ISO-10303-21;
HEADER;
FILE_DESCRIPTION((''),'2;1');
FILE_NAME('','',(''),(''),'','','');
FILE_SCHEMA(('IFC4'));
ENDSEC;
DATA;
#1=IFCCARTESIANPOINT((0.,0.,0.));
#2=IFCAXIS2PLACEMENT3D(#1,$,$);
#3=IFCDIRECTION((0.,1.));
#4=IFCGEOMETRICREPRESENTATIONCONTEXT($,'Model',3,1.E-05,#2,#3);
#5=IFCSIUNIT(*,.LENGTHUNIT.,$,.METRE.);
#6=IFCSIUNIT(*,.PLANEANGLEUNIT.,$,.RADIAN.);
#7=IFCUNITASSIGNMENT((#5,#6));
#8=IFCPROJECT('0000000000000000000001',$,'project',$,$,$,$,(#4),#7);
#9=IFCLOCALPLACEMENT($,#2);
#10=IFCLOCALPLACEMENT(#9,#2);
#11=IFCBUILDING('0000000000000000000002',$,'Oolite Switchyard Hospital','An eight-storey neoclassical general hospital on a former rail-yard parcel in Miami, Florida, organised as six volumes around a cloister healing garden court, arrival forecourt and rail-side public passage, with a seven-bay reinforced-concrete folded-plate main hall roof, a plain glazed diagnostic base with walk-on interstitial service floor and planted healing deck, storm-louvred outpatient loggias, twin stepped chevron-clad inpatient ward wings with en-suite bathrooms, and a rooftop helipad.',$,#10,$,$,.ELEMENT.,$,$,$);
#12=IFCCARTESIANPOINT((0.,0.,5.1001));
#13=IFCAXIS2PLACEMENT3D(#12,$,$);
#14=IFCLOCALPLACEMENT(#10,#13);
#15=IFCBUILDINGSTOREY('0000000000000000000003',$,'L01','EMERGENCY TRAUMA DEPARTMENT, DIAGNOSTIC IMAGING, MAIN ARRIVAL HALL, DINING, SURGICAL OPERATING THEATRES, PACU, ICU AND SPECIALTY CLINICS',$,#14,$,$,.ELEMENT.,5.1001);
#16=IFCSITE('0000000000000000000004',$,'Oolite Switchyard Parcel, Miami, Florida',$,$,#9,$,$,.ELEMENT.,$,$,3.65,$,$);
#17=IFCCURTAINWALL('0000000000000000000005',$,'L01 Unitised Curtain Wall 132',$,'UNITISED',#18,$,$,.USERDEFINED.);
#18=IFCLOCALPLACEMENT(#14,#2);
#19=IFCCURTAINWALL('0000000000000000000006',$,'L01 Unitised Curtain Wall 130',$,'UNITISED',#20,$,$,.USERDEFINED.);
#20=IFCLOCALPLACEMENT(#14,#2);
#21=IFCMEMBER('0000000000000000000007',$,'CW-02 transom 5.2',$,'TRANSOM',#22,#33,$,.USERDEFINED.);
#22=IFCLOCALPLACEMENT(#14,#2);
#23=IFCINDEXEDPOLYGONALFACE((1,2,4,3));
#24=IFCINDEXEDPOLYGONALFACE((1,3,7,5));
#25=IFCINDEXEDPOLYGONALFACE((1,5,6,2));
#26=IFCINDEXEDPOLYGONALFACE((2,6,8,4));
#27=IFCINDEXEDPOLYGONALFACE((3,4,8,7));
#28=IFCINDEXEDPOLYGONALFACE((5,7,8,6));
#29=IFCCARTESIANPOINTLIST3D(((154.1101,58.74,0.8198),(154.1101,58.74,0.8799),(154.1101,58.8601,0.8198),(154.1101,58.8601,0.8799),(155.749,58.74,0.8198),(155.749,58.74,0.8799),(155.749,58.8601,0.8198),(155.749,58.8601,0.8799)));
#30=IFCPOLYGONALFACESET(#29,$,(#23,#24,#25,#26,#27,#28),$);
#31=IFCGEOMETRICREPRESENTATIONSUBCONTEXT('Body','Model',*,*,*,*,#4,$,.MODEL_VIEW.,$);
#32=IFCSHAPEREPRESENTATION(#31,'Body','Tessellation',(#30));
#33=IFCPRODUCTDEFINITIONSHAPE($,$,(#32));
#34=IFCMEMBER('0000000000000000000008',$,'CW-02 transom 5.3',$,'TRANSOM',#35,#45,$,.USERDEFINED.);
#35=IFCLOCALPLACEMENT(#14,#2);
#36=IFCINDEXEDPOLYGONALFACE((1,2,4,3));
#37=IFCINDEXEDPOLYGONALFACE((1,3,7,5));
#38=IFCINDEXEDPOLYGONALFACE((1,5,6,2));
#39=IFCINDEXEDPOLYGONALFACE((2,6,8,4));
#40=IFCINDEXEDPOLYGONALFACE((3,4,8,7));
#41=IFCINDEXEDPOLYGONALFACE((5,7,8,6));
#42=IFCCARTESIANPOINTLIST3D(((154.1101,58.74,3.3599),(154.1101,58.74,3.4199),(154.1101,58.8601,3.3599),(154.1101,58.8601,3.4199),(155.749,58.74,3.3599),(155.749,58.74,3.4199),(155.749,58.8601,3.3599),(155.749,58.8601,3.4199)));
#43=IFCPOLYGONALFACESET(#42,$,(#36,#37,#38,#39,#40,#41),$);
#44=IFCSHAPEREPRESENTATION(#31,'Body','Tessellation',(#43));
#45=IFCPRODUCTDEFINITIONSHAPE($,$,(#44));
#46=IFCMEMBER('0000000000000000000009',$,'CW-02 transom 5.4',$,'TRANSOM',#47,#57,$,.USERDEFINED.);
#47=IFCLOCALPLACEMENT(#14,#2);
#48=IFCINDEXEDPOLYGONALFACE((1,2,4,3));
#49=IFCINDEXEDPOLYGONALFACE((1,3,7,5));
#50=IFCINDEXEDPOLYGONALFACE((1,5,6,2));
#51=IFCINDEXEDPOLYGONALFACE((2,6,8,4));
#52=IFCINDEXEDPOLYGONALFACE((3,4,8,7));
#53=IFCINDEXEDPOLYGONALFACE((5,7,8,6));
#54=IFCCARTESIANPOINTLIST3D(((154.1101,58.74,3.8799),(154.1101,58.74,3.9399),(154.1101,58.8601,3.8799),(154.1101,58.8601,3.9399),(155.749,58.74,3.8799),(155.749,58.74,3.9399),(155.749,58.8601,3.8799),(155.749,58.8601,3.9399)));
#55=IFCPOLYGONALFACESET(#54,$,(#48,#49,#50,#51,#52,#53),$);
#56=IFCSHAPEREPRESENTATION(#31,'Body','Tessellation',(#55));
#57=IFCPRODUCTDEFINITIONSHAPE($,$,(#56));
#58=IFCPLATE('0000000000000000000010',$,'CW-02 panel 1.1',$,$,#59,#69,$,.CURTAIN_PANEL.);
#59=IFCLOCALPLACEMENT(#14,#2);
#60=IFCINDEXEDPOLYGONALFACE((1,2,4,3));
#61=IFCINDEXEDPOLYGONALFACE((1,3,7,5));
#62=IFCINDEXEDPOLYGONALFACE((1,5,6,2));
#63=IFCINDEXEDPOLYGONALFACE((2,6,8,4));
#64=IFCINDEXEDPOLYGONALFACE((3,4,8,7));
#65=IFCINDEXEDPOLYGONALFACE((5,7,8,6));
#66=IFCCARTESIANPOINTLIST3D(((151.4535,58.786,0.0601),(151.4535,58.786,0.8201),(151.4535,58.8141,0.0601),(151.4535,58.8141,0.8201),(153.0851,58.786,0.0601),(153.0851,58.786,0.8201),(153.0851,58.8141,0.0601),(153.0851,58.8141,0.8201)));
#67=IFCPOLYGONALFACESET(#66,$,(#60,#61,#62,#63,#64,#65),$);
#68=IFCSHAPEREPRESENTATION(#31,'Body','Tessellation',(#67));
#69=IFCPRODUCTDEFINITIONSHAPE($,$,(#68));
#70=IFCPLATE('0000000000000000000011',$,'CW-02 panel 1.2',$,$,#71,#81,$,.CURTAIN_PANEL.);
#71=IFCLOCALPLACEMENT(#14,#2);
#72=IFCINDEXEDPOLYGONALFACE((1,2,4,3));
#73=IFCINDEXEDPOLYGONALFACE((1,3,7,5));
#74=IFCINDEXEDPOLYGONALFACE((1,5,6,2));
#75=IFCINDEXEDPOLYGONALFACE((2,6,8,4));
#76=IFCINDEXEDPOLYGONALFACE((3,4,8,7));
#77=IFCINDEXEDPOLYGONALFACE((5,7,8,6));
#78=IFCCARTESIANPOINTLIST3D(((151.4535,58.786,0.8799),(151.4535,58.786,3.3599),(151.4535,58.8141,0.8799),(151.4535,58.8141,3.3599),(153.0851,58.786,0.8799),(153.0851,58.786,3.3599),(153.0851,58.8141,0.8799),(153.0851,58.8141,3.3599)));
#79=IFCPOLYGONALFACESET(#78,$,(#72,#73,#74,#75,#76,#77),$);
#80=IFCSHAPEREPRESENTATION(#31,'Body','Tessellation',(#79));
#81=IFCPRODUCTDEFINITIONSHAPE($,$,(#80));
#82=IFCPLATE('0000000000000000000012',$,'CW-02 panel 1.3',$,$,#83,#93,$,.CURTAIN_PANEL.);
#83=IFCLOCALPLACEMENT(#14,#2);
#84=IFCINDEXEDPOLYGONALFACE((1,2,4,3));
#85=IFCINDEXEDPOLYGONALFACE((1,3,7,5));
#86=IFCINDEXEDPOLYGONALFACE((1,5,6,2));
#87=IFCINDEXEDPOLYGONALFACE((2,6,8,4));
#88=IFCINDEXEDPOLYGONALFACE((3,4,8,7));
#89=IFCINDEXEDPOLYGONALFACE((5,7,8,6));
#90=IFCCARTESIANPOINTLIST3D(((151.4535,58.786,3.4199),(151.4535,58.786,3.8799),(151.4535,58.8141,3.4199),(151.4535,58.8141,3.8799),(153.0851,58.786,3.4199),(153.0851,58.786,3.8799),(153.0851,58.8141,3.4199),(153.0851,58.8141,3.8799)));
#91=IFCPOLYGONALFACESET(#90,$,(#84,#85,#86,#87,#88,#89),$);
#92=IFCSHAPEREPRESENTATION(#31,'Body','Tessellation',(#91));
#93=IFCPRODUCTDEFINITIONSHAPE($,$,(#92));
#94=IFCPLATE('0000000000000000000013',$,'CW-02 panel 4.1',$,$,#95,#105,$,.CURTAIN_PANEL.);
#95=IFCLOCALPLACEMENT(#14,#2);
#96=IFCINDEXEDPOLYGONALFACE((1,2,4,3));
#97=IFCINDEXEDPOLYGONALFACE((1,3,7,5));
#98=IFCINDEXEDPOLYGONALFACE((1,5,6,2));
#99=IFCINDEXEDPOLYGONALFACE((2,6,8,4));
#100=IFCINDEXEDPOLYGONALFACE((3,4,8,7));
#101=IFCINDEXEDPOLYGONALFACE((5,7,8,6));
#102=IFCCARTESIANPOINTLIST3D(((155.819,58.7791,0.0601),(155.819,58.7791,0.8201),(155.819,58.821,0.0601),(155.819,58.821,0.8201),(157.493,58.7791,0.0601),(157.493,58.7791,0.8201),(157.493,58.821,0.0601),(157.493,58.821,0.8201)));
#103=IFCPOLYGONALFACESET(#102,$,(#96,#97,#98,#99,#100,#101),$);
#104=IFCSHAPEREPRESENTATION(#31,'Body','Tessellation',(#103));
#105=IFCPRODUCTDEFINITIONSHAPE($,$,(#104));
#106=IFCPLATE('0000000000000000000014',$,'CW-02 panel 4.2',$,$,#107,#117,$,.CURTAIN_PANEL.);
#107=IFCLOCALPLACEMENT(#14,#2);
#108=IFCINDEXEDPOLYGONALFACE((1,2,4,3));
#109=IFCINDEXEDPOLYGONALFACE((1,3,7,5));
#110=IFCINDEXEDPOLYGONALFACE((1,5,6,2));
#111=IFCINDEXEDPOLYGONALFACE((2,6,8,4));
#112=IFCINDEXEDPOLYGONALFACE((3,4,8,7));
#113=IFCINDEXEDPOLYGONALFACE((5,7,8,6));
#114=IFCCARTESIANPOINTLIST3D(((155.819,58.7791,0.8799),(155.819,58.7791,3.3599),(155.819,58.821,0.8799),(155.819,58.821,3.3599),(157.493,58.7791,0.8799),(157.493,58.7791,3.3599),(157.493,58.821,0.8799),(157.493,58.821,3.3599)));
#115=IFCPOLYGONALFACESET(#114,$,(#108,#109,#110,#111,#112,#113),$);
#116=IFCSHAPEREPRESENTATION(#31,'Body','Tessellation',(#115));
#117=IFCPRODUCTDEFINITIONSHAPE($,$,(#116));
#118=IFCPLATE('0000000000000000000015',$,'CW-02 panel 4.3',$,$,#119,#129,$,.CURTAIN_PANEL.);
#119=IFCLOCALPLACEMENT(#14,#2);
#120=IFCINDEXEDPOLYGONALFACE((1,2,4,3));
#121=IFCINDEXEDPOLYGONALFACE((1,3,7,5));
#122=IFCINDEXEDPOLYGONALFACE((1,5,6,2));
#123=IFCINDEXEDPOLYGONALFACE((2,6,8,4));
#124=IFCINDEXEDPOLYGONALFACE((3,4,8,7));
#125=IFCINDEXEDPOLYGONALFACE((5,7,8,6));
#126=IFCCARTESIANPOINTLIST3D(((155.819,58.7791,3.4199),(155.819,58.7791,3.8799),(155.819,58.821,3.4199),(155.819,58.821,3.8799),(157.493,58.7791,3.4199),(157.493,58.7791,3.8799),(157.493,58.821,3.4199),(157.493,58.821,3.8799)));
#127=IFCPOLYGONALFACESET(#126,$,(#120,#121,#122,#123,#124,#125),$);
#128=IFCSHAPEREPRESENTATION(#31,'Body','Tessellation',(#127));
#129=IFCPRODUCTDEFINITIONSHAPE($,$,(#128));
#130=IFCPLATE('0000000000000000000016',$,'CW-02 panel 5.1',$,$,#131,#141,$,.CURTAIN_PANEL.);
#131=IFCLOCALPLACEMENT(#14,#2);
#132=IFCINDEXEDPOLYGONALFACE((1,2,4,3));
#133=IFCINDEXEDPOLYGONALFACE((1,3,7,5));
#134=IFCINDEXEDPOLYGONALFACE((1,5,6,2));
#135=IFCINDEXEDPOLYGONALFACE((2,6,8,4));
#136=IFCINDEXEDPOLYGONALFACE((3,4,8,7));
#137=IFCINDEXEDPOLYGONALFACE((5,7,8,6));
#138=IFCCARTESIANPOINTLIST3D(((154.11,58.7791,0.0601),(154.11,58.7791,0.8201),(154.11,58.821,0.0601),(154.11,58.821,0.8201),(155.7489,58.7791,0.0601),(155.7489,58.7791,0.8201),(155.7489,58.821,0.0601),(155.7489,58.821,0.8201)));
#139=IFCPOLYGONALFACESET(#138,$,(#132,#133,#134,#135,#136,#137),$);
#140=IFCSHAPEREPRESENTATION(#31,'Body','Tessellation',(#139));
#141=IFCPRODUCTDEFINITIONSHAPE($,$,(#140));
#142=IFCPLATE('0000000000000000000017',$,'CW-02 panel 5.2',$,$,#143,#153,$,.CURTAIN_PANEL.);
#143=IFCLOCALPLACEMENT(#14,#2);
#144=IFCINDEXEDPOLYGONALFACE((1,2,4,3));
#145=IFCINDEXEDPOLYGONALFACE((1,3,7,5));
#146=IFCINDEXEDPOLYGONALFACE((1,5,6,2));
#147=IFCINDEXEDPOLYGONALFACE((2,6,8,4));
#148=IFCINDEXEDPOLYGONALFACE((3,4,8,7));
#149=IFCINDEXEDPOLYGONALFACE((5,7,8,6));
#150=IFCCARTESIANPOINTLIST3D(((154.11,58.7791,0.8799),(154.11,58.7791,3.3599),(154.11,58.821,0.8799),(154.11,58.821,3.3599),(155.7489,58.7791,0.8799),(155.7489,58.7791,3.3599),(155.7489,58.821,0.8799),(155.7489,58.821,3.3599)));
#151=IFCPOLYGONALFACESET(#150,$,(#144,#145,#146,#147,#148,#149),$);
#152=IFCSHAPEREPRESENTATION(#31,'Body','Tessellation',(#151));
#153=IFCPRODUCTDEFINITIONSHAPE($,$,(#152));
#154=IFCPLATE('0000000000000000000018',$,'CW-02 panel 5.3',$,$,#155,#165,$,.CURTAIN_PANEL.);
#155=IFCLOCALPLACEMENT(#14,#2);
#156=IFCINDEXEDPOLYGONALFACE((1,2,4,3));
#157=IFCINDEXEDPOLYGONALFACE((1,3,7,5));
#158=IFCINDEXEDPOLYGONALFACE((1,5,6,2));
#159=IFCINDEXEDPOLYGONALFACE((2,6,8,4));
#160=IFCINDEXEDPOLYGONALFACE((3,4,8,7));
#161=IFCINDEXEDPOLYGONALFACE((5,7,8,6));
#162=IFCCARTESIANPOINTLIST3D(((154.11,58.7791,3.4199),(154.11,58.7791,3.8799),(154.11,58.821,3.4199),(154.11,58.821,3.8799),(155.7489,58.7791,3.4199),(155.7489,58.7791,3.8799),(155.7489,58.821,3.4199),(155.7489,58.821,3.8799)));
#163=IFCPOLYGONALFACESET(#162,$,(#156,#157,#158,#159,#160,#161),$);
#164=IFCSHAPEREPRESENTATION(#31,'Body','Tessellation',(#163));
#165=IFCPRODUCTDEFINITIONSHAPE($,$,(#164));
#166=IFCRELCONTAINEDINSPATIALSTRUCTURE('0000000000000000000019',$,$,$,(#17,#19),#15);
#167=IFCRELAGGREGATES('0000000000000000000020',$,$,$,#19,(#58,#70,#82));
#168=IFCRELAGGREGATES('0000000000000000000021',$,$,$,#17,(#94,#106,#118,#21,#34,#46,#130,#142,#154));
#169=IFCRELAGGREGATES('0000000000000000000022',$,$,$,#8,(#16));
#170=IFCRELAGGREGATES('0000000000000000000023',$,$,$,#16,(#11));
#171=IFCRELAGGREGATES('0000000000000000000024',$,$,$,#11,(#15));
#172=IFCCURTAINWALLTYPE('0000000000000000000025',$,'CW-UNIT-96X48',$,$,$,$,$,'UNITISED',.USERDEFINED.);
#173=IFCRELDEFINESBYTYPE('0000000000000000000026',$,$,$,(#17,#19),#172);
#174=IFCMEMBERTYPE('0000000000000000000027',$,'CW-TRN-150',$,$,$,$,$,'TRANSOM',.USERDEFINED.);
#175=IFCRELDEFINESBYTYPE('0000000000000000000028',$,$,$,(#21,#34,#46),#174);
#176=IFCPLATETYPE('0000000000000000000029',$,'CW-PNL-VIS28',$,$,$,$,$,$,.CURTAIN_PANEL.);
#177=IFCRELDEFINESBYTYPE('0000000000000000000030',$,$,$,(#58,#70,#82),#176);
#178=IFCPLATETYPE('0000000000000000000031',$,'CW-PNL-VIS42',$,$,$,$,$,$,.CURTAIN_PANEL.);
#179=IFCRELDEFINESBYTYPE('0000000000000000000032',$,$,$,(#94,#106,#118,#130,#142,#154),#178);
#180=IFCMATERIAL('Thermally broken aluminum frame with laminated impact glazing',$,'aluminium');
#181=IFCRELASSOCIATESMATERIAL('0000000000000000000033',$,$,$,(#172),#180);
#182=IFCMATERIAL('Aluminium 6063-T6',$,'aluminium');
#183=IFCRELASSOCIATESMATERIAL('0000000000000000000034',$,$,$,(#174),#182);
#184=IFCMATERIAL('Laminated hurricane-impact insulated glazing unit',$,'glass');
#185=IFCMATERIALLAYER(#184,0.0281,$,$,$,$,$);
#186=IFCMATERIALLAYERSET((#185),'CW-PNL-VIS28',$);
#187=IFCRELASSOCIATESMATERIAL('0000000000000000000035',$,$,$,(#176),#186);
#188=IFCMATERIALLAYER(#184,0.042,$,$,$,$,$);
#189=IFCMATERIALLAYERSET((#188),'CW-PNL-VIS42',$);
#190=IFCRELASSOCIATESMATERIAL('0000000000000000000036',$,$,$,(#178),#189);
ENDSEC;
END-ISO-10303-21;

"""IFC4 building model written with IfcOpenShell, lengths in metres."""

from ifc_helpers import new_model, si_unit, direction, frame, origin, origin_2d, place, context, subcontext, project, spatial, rectangle, extrude, material, layer, layer_set, material_profile, profile_set, type_object, element, aggregate, save


model = new_model("IFC4")

# Units and contexts
model_context = context("Model", 3, precision=1e-05, world=origin(), true_north=direction((0.0, 1.0)))
body_context = subcontext(model_context, "Body", "Model", "MODEL_VIEW")
ifc_project = project(units=[si_unit("LENGTHUNIT", "METRE"), si_unit("PLANEANGLEUNIT", "RADIAN")], contexts=[model_context])

# Site, building, storey
site_placement = place(None, origin())
site = spatial("IfcSite", under=ifc_project, at=site_placement, Name="Oolite Switchyard Parcel, Miami, Florida", CompositionType="ELEMENT", RefElevation=3.65)
building_placement = place(site_placement, origin())
building = spatial("IfcBuilding", under=site, at=building_placement, Name="Oolite Switchyard Hospital", Description="An eight-storey neoclassical general hospital on a former rail-yard parcel in Miami, Florida, organised as six volumes around a cloister healing garden court, arrival forecourt and rail-side public passage, with a seven-bay reinforced-concrete folded-plate main hall roof, a plain glazed diagnostic base with walk-on interstitial service floor and planted healing deck, storm-louvred outpatient loggias, twin stepped chevron-clad inpatient ward wings with en-suite bathrooms, and a rooftop helipad.", CompositionType="ELEMENT")
storey_placement = place(building_placement, frame((0.0, 0.0, 5.1001)))
storey = spatial("IfcBuildingStorey", under=building, at=storey_placement, Name="L01", Description="EMERGENCY TRAUMA DEPARTMENT, DIAGNOSTIC IMAGING, MAIN ARRIVAL HALL, DINING, SURGICAL OPERATING THEATRES, PACU, ICU AND SPECIALTY CLINICS", CompositionType="ELEMENT", Elevation=5.1001)

# Curtain walls
ifc_material_1 = material(Name="Thermally broken aluminum frame with laminated impact glazing", Category="aluminium")
curtain_wall_type = type_object("IfcCurtainWallType", Name="CW-UNIT-96X48", ElementType="UNITISED", PredefinedType="USERDEFINED", material=ifc_material_1)
curtain_wall_1_placement = place(storey_placement, origin())
curtain_wall_1 = element("IfcCurtainWall", 1, at=curtain_wall_1_placement, inside=storey, type_object=curtain_wall_type, Name="L01 Unitised Curtain Wall 132", ObjectType="UNITISED", PredefinedType="USERDEFINED")
ifc_material_2 = material(Name="Aluminium 6063-T6", Category="aluminium")
curtain_wall_2_placement = place(storey_placement, origin())
curtain_wall_2 = element("IfcCurtainWall", 2, at=curtain_wall_2_placement, inside=storey, type_object=curtain_wall_type, Name="L01 Unitised Curtain Wall 130", ObjectType="UNITISED", PredefinedType="USERDEFINED")
ifc_material_profile_1 = material_profile(ifc_material_2, rectangle(XDim=0.1201, YDim=0.0601, at=origin_2d()), Name="CWT60X120")
ifc_profile_set_1 = profile_set([ifc_material_profile_1], Name="Aluminium 6063-T6")
member_type_1 = type_object("IfcMemberType", Name="CW-TRN-150", ElementType="TRANSOM", PredefinedType="USERDEFINED", material=ifc_profile_set_1)

# Members
member_1_placement = place(storey_placement, frame((155.749, 58.8, 0.8499), z_axis=(-1.0, 0.0, 0.0), x_axis=(0.0, -1.0, 0.0)))
member_1 = element("IfcMember", 3, at=member_1_placement, type_object=member_type_1, Name="CW-02 transom 5.2", ObjectType="TRANSOM", PredefinedType="USERDEFINED", context=body_context, shape_type="SweptSolid", body=[
    extrude(rectangle(XDim=0.1201, YDim=0.0601, at=origin_2d()), origin(), (0.0, 0.0, 1.0), 1.6389),
])
member_2_placement = place(storey_placement, frame((155.749, 58.8, 3.3899), z_axis=(-1.0, 0.0, 0.0), x_axis=(0.0, -1.0, 0.0)))
member_2 = element("IfcMember", 4, at=member_2_placement, type_object=member_type_1, Name="CW-02 transom 5.3", ObjectType="TRANSOM", PredefinedType="USERDEFINED", context=body_context, shape_type="SweptSolid", body=[
    extrude(rectangle(XDim=0.1201, YDim=0.0601, at=origin_2d()), origin(), (0.0, 0.0, 1.0), 1.6389),
])
member_3_placement = place(storey_placement, frame((155.749, 58.8, 3.9099), z_axis=(-1.0, 0.0, 0.0), x_axis=(0.0, -1.0, 0.0)))
member_3 = element("IfcMember", 5, at=member_3_placement, type_object=member_type_1, Name="CW-02 transom 5.4", ObjectType="TRANSOM", PredefinedType="USERDEFINED", context=body_context, shape_type="SweptSolid", body=[
    extrude(rectangle(XDim=0.1201, YDim=0.0601, at=origin_2d()), origin(), (0.0, 0.0, 1.0), 1.6389),
])

# Plates
ifc_material_3 = material(Name="Laminated hurricane-impact insulated glazing unit", Category="glass")
ifc_layer_1 = layer(ifc_material_3, 0.0281)
ifc_layer_set_1 = layer_set([ifc_layer_1], Name="CW-PNL-VIS28")
plate_type_1 = type_object("IfcPlateType", Name="CW-PNL-VIS28", PredefinedType="CURTAIN_PANEL", material=ifc_layer_set_1)
plate_1_placement = place(storey_placement, frame((152.2693, 58.8, 0.0601), z_axis=(0.0, 0.0, 1.0), x_axis=(-1.0, 0.0, 0.0)))
plate_1 = element("IfcPlate", 6, at=plate_1_placement, type_object=plate_type_1, Name="CW-02 panel 1.1", PredefinedType="CURTAIN_PANEL", context=body_context, shape_type="SweptSolid", body=[
    extrude(rectangle(XDim=1.6316, YDim=0.0281, at=origin_2d()), origin(), (0.0, 0.0, 1.0), 0.76),
])
plate_2_placement = place(storey_placement, frame((152.2693, 58.8, 0.8799), z_axis=(0.0, 0.0, 1.0), x_axis=(-1.0, 0.0, 0.0)))
plate_2 = element("IfcPlate", 7, at=plate_2_placement, type_object=plate_type_1, Name="CW-02 panel 1.2", PredefinedType="CURTAIN_PANEL", context=body_context, shape_type="SweptSolid", body=[
    extrude(rectangle(XDim=1.6316, YDim=0.0281, at=origin_2d()), origin(), (0.0, 0.0, 1.0), 2.48),
])
plate_3_placement = place(storey_placement, frame((152.2693, 58.8, 3.4199), z_axis=(0.0, 0.0, 1.0), x_axis=(-1.0, 0.0, 0.0)))
plate_3 = element("IfcPlate", 8, at=plate_3_placement, type_object=plate_type_1, Name="CW-02 panel 1.3", PredefinedType="CURTAIN_PANEL", context=body_context, shape_type="SweptSolid", body=[
    extrude(rectangle(XDim=1.6316, YDim=0.0281, at=origin_2d()), origin(), (0.0, 0.0, 1.0), 0.46),
])
aggregate(curtain_wall_2, [plate_1, plate_2, plate_3])
ifc_layer_2 = layer(ifc_material_3, 0.042)
ifc_layer_set_2 = layer_set([ifc_layer_2], Name="CW-PNL-VIS42")
plate_type_2 = type_object("IfcPlateType", Name="CW-PNL-VIS42", PredefinedType="CURTAIN_PANEL", material=ifc_layer_set_2)
plate_4_placement = place(storey_placement, frame((156.656, 58.8, 0.0601), z_axis=(0.0, 0.0, 1.0), x_axis=(-1.0, 0.0, 0.0)))
plate_4 = element("IfcPlate", 9, at=plate_4_placement, type_object=plate_type_2, Name="CW-02 panel 4.1", PredefinedType="CURTAIN_PANEL", context=body_context, shape_type="SweptSolid", body=[
    extrude(rectangle(XDim=1.6741, YDim=0.042, at=origin_2d()), origin(), (0.0, 0.0, 1.0), 0.76),
])
plate_5_placement = place(storey_placement, frame((156.656, 58.8, 0.8799), z_axis=(0.0, 0.0, 1.0), x_axis=(-1.0, 0.0, 0.0)))
plate_5 = element("IfcPlate", 10, at=plate_5_placement, type_object=plate_type_2, Name="CW-02 panel 4.2", PredefinedType="CURTAIN_PANEL", context=body_context, shape_type="SweptSolid", body=[
    extrude(rectangle(XDim=1.6741, YDim=0.042, at=origin_2d()), origin(), (0.0, 0.0, 1.0), 2.48),
])
plate_6_placement = place(storey_placement, frame((156.656, 58.8, 3.4199), z_axis=(0.0, 0.0, 1.0), x_axis=(-1.0, 0.0, 0.0)))
plate_6 = element("IfcPlate", 11, at=plate_6_placement, type_object=plate_type_2, Name="CW-02 panel 4.3", PredefinedType="CURTAIN_PANEL", context=body_context, shape_type="SweptSolid", body=[
    extrude(rectangle(XDim=1.6741, YDim=0.042, at=origin_2d()), origin(), (0.0, 0.0, 1.0), 0.46),
])
plate_7_placement = place(storey_placement, frame((154.9294, 58.8, 0.0601), z_axis=(0.0, 0.0, 1.0), x_axis=(-1.0, 0.0, 0.0)))
plate_7 = element("IfcPlate", 12, at=plate_7_placement, type_object=plate_type_2, Name="CW-02 panel 5.1", PredefinedType="CURTAIN_PANEL", context=body_context, shape_type="SweptSolid", body=[
    extrude(rectangle(XDim=1.6389, YDim=0.042, at=origin_2d()), origin(), (0.0, 0.0, 1.0), 0.76),
])
plate_8_placement = place(storey_placement, frame((154.9294, 58.8, 0.8799), z_axis=(0.0, 0.0, 1.0), x_axis=(-1.0, 0.0, 0.0)))
plate_8 = element("IfcPlate", 13, at=plate_8_placement, type_object=plate_type_2, Name="CW-02 panel 5.2", PredefinedType="CURTAIN_PANEL", context=body_context, shape_type="SweptSolid", body=[
    extrude(rectangle(XDim=1.6389, YDim=0.042, at=origin_2d()), origin(), (0.0, 0.0, 1.0), 2.48),
])
plate_9_placement = place(storey_placement, frame((154.9294, 58.8, 3.4199), z_axis=(0.0, 0.0, 1.0), x_axis=(-1.0, 0.0, 0.0)))
plate_9 = element("IfcPlate", 14, at=plate_9_placement, type_object=plate_type_2, Name="CW-02 panel 5.3", PredefinedType="CURTAIN_PANEL", context=body_context, shape_type="SweptSolid", body=[
    extrude(rectangle(XDim=1.6389, YDim=0.042, at=origin_2d()), origin(), (0.0, 0.0, 1.0), 0.46),
])
aggregate(curtain_wall_1, [plate_4, plate_5, plate_6, member_1, member_2, member_3, plate_7, plate_8, plate_9])

save(model, "model.ifc")
